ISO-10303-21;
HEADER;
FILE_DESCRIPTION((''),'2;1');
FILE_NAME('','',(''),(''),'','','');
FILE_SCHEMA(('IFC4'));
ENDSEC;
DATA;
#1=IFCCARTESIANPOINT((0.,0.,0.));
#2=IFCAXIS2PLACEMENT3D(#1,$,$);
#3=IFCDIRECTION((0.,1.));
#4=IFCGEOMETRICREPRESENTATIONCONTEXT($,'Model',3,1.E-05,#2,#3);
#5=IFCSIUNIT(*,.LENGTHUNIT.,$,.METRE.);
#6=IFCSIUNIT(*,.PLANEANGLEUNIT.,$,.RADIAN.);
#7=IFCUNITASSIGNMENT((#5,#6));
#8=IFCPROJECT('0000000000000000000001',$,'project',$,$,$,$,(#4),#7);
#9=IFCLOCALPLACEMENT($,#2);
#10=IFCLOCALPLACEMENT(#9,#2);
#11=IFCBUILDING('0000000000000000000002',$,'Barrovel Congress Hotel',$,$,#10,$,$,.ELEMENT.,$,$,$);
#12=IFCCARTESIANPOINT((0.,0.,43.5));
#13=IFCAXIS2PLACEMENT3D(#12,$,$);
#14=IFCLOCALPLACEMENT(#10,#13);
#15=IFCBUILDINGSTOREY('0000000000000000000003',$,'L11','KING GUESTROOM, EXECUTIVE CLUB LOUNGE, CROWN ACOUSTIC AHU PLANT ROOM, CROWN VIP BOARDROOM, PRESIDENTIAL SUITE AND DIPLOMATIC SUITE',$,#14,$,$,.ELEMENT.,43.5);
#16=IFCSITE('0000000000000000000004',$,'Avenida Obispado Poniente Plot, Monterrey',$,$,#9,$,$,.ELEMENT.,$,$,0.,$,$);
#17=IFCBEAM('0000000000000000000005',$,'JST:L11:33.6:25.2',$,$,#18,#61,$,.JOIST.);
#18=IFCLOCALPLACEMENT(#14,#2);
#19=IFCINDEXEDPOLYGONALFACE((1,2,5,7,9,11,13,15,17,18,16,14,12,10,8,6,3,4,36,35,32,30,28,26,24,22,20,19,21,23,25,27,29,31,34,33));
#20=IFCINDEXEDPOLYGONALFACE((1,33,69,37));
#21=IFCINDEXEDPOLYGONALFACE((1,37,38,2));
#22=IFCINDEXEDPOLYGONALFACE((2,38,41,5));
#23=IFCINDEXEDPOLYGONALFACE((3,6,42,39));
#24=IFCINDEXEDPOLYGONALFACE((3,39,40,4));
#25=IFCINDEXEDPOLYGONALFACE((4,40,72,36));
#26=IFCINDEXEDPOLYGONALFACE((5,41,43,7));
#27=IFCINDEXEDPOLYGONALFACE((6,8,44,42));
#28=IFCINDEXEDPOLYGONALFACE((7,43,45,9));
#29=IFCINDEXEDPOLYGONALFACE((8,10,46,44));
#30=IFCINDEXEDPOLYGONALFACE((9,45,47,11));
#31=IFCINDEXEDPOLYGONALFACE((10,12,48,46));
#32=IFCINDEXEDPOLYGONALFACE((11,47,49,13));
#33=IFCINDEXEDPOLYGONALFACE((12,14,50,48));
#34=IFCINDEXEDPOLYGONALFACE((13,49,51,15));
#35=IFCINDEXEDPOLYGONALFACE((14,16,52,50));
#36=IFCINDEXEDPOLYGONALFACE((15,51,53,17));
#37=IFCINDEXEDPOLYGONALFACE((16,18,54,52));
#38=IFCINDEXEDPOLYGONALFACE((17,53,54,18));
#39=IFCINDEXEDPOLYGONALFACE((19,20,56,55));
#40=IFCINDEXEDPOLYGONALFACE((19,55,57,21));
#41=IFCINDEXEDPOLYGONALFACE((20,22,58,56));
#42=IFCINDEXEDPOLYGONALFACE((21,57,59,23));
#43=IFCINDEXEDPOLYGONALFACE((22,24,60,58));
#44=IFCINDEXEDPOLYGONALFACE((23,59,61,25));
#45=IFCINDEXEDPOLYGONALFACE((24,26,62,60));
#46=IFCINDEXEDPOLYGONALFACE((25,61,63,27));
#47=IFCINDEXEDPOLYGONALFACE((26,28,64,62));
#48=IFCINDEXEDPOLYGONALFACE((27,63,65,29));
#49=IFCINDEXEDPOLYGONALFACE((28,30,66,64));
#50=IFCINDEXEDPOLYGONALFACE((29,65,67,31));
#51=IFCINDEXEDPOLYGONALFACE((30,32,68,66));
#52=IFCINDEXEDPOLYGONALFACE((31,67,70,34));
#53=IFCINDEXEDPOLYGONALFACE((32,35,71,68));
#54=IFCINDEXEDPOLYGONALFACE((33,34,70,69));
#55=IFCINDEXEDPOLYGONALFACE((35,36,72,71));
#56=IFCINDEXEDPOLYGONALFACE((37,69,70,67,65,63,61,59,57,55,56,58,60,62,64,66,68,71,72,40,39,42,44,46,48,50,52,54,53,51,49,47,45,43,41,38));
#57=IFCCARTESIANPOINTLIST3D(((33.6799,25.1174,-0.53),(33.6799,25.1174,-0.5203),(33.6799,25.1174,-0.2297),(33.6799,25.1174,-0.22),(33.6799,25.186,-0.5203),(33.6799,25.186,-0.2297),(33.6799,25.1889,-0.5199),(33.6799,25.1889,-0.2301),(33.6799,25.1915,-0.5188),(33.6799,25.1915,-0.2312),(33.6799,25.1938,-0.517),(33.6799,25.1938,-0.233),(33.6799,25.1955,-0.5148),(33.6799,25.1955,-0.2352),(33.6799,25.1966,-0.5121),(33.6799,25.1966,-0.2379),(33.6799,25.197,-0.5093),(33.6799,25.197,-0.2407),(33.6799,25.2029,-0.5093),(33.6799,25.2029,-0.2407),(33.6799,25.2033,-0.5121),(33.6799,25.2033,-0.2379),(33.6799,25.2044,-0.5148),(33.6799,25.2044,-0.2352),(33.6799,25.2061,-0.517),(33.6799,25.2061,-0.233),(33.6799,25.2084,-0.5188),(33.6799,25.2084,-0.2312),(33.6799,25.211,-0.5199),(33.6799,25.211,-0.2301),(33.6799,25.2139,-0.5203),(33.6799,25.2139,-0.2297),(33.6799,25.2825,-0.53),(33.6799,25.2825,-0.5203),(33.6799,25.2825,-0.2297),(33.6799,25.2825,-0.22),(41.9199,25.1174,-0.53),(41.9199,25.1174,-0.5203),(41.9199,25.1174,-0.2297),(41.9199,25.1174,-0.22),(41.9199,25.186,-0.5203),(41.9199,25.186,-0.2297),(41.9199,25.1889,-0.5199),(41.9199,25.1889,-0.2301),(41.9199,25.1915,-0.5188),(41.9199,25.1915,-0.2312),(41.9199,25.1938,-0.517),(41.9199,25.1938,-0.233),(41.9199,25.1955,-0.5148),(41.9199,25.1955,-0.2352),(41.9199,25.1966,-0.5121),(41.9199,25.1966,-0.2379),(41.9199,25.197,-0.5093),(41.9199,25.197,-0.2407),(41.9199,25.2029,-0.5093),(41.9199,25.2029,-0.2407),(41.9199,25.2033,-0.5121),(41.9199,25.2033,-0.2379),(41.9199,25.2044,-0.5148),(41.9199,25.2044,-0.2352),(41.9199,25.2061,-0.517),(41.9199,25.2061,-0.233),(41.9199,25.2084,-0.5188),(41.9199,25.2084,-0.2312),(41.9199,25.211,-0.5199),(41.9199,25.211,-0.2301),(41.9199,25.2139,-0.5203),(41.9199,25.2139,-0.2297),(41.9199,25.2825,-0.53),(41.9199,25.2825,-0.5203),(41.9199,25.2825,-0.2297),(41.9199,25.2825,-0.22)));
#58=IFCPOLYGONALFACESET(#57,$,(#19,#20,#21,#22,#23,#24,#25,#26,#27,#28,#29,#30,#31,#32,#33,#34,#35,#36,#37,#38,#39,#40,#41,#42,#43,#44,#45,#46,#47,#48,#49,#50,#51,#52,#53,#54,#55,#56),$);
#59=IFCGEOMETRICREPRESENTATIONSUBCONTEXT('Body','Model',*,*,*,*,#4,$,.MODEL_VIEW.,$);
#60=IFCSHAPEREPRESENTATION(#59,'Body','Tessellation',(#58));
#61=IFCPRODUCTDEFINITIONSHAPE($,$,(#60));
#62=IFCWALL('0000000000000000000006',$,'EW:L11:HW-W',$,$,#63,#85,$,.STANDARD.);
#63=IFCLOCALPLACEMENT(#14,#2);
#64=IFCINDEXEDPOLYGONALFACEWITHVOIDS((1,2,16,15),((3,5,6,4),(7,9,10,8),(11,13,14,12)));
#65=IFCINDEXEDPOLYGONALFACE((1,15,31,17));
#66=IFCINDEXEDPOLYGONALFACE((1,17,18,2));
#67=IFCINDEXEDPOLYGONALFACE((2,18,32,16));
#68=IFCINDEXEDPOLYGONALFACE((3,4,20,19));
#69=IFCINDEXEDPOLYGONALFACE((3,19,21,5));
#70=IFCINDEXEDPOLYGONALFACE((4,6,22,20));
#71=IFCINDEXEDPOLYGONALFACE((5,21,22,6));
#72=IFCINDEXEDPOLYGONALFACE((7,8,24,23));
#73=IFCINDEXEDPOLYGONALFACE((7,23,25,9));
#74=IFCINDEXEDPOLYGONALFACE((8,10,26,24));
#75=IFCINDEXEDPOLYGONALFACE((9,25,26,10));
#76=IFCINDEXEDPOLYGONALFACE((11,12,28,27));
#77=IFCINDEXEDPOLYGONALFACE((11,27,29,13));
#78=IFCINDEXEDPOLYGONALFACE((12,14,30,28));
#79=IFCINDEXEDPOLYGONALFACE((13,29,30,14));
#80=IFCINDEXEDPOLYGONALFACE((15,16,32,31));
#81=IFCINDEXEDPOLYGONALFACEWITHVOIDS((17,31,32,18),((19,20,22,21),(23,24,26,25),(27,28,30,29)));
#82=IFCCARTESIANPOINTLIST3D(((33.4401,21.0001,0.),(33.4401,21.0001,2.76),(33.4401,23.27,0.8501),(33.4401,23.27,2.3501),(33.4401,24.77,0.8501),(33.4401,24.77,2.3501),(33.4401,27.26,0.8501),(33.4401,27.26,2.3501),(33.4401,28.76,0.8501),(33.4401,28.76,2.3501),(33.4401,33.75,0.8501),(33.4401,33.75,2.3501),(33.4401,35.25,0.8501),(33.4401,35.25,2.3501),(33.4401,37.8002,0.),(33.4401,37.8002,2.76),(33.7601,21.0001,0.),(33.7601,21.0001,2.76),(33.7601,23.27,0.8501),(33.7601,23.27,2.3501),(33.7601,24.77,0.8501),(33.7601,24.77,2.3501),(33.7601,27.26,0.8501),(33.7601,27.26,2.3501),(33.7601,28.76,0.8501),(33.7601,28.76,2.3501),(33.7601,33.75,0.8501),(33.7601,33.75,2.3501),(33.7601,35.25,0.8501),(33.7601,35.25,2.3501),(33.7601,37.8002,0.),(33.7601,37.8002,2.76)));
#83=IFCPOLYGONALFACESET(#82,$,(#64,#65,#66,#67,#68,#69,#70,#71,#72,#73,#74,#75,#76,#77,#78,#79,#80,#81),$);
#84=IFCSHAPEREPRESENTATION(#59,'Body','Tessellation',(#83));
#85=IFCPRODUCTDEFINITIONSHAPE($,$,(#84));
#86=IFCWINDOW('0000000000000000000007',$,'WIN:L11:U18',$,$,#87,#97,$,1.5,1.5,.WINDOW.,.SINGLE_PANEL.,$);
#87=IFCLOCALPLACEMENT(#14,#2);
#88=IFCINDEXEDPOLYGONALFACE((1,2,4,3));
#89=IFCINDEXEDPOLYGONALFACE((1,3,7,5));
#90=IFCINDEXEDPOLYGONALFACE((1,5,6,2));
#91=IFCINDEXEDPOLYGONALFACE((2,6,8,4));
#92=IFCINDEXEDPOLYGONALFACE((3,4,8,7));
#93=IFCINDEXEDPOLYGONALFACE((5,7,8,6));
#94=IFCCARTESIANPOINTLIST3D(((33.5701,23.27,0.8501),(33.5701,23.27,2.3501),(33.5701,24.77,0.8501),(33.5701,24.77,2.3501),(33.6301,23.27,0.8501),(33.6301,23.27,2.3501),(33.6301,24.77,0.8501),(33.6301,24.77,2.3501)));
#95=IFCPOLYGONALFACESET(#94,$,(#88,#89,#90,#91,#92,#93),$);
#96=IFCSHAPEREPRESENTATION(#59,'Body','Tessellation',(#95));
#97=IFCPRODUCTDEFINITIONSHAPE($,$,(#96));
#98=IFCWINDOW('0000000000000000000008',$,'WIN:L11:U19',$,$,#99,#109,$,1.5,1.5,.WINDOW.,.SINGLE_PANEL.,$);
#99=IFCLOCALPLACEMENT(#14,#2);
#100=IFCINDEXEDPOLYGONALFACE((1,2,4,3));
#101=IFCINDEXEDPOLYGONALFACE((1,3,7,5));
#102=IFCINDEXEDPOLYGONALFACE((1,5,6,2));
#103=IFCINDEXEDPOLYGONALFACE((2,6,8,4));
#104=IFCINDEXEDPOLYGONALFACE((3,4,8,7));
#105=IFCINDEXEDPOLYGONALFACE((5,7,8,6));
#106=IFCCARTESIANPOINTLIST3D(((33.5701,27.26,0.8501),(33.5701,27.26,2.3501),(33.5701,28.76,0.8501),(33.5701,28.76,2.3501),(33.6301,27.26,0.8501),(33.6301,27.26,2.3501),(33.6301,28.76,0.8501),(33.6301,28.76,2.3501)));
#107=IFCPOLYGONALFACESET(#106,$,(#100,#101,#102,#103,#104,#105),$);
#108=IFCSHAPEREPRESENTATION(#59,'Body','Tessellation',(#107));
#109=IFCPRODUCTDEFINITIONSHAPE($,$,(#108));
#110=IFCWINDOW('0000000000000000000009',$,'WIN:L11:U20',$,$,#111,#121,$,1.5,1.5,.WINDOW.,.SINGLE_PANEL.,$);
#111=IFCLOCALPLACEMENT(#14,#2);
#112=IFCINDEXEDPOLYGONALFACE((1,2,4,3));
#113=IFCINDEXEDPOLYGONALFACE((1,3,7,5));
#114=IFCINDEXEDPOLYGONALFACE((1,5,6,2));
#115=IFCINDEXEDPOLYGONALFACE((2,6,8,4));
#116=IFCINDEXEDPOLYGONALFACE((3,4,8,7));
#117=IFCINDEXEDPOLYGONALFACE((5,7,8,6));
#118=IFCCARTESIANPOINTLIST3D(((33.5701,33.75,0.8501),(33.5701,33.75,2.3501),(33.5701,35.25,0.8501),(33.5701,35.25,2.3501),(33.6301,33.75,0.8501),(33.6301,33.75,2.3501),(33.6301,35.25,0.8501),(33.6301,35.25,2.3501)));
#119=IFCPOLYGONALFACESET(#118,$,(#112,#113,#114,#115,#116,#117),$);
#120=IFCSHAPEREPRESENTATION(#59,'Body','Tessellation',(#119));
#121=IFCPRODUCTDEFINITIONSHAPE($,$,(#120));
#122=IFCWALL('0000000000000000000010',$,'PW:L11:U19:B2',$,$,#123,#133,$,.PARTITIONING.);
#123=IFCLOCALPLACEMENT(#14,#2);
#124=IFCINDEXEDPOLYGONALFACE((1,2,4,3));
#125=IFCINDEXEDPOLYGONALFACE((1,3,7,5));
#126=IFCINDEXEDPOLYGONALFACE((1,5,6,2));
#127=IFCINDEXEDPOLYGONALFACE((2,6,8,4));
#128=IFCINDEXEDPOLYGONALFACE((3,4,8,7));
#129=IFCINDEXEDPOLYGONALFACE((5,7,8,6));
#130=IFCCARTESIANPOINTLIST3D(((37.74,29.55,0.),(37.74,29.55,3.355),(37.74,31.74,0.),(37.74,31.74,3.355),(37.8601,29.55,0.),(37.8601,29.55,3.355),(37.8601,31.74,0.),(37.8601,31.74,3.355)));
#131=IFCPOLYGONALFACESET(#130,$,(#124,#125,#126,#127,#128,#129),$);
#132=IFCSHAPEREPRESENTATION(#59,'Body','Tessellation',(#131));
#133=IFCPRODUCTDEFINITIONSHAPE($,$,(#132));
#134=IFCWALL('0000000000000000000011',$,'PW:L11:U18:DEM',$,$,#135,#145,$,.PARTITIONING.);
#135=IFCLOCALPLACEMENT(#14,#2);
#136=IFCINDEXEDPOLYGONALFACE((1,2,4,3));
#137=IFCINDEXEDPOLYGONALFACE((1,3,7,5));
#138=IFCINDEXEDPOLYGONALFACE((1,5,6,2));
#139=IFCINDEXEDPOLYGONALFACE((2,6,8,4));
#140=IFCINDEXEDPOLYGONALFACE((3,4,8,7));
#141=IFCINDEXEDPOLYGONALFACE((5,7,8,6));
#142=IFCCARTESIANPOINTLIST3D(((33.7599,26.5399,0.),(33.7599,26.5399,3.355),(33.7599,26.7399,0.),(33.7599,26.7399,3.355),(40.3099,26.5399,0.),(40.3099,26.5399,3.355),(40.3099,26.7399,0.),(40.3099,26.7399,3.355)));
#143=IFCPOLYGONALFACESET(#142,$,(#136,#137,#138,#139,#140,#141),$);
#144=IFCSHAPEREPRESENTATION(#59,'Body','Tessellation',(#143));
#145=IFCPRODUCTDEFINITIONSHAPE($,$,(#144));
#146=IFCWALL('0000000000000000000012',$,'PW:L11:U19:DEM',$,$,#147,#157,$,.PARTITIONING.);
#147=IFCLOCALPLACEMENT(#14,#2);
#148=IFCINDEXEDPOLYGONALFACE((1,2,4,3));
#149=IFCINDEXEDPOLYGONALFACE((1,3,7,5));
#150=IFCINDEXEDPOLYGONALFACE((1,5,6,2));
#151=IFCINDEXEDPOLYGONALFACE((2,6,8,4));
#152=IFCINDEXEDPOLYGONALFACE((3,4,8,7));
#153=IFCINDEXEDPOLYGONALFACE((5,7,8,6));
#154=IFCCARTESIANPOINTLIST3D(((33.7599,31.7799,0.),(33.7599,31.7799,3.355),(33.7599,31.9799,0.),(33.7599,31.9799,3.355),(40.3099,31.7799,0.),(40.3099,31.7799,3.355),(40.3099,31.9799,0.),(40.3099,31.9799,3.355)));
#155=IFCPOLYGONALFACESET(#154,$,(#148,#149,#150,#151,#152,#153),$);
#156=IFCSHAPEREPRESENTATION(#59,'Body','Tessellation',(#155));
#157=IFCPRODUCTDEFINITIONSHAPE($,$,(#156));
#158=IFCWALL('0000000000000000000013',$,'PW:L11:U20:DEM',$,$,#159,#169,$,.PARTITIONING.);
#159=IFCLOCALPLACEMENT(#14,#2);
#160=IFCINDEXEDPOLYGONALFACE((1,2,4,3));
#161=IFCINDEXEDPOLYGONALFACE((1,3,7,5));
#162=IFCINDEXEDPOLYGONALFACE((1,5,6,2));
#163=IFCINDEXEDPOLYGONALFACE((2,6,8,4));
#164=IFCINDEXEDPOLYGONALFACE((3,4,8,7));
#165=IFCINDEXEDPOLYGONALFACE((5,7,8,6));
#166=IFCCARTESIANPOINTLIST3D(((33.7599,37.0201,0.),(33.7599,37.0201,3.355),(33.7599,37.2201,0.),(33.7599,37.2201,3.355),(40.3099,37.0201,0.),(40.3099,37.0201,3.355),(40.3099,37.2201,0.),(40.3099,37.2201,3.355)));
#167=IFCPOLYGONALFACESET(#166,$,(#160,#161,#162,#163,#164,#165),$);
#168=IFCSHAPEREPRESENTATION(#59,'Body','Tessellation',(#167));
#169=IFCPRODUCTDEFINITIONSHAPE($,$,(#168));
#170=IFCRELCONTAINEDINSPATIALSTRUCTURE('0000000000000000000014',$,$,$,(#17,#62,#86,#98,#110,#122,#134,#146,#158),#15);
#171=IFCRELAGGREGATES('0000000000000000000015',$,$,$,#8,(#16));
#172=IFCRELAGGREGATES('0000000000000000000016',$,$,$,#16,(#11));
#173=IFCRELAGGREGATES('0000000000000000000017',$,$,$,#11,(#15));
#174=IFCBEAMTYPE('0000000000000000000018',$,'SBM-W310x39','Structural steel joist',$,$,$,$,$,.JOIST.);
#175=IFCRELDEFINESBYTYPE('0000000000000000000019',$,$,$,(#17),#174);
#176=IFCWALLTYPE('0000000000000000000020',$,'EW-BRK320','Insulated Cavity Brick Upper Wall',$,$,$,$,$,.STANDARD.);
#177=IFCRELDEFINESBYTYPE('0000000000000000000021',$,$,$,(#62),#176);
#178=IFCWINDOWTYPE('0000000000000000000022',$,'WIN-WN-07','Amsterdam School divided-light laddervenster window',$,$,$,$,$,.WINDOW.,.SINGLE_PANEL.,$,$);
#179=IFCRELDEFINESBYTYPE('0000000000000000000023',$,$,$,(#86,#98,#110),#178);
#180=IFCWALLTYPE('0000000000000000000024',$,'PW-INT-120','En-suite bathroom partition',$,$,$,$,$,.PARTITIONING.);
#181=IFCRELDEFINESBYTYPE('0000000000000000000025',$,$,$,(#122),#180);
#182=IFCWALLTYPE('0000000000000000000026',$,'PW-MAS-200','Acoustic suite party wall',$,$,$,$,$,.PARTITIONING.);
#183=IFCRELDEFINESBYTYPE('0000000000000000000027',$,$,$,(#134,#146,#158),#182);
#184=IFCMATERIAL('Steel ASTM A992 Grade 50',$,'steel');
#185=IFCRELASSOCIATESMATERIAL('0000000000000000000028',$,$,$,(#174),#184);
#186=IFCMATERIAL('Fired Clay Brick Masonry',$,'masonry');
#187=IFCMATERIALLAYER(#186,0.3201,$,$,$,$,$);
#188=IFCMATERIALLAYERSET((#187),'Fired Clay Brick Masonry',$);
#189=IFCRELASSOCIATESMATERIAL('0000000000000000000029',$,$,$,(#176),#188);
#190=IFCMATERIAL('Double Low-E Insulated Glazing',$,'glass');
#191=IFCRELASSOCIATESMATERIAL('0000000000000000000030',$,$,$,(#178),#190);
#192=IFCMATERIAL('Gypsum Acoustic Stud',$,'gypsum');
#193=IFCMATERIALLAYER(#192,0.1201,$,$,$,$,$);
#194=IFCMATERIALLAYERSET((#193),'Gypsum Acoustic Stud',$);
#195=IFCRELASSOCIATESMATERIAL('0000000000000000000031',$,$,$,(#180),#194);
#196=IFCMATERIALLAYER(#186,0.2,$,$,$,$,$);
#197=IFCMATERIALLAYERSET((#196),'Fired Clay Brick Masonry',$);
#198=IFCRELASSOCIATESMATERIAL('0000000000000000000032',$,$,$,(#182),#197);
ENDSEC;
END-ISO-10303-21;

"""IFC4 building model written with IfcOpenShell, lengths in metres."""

from ifc_helpers import new_model, si_unit, direction, frame, frame_2d, origin, origin_2d, place, context, subcontext, project, spatial, rectangle, i_section, extrude, material, layer, layer_set, material_profile, profile_set, type_object, element, fill, save


model = new_model("IFC4")

# Units and contexts
model_context = context("Model", 3, precision=1e-05, world=origin(), true_north=direction((0.0, 1.0)))
body_context = subcontext(model_context, "Body", "Model", "MODEL_VIEW")
ifc_project = project(units=[si_unit("LENGTHUNIT", "METRE"), si_unit("PLANEANGLEUNIT", "RADIAN")], contexts=[model_context])

# Site, building, storey
site_placement = place(None, origin())
site = spatial("IfcSite", under=ifc_project, at=site_placement, Name="Avenida Obispado Poniente Plot, Monterrey", CompositionType="ELEMENT", RefElevation=0.0)
building_placement = place(site_placement, origin())
building = spatial("IfcBuilding", under=site, at=building_placement, Name="Barrovel Congress Hotel", CompositionType="ELEMENT")
storey_placement = place(building_placement, frame((0.0, 0.0, 43.5)))
storey = spatial("IfcBuildingStorey", under=building, at=storey_placement, Name="L11", Description="KING GUESTROOM, EXECUTIVE CLUB LOUNGE, CROWN ACOUSTIC AHU PLANT ROOM, CROWN VIP BOARDROOM, PRESIDENTIAL SUITE AND DIPLOMATIC SUITE", CompositionType="ELEMENT", Elevation=43.5)

# Beam
ifc_material_1 = material(Name="Steel ASTM A992 Grade 50", Category="steel")
ifc_material_profile_1 = material_profile(ifc_material_1, i_section(OverallWidth=0.165, OverallDepth=0.3101, WebThickness=0.0059, FlangeThickness=0.0098, FilletRadius=0.011, at=origin_2d()), Name="W310x39")
ifc_profile_set_1 = profile_set([ifc_material_profile_1], Name="Steel ASTM A992 Grade 50")
beam_type_1 = type_object("IfcBeamType", Name="SBM-W310x39", Description="Structural steel joist", PredefinedType="JOIST", material=ifc_profile_set_1)
beam_1_placement = place(storey_placement, frame((33.6799, 25.2, -0.375), z_axis=(1.0, 0.0, 0.0), x_axis=(0.0, 1.0, 0.0)))
element("IfcBeam", 1, at=beam_1_placement, inside=storey, type_object=beam_type_1, Name="JST:L11:33.6:25.2", PredefinedType="JOIST", context=body_context, shape_type="SweptSolid", body=[
    extrude(i_section(OverallWidth=0.165, OverallDepth=0.3101, WebThickness=0.0059, FlangeThickness=0.0098, FilletRadius=0.011, at=origin_2d()), origin(), (0.0, 0.0, 1.0), 8.24),
])

# Wall, openings, windows
ifc_material_2 = material(Name="Fired Clay Brick Masonry", Category="masonry")
ifc_layer_1 = layer(ifc_material_2, 0.3201)
ifc_layer_set_1 = layer_set([ifc_layer_1], Name="Fired Clay Brick Masonry")
wall_type_1 = type_object("IfcWallType", Name="EW-BRK320", Description="Insulated Cavity Brick Upper Wall", PredefinedType="STANDARD", material=ifc_layer_set_1)
wall_1_placement = place(storey_placement, frame((33.6001, 37.8, 0.0), z_axis=(0.0, 0.0, 1.0), x_axis=(0.0, -1.0, 0.0)))
wall_1 = element("IfcWall", 2, at=wall_1_placement, inside=storey, type_object=wall_type_1, Name="EW:L11:HW-W", PredefinedType="STANDARD", context=body_context, shape_type="SweptSolid", body=[
    extrude(rectangle(XDim=16.8, YDim=0.3201, at=frame_2d((8.3999, 0.0))), origin(), (0.0, 0.0, 1.0), 2.76),
])
opening_1_placement = place(wall_1_placement, frame((13.03, 0.0, 0.8501)))
opening_1 = element("IfcOpeningElement", 3, at=opening_1_placement, cuts=wall_1, PredefinedType="OPENING", context=body_context, shape_type="SweptSolid", body=[
    extrude(rectangle(XDim=1.5, YDim=1.5, at=frame_2d((0.75, 0.75))), frame((0.0, 0.1699, 0.0), z_axis=(0.0, -1.0, 0.0), x_axis=(1.0, 0.0, 0.0)), (0.0, 0.0, 1.0), 0.3401),
])
opening_2_placement = place(wall_1_placement, frame((9.04, 0.0, 0.8501)))
opening_2 = element("IfcOpeningElement", 4, at=opening_2_placement, cuts=wall_1, PredefinedType="OPENING", context=body_context, shape_type="SweptSolid", body=[
    extrude(rectangle(XDim=1.5, YDim=1.5, at=frame_2d((0.75, 0.75))), frame((0.0, 0.1699, 0.0), z_axis=(0.0, -1.0, 0.0), x_axis=(1.0, 0.0, 0.0)), (0.0, 0.0, 1.0), 0.3401),
])
opening_3_placement = place(wall_1_placement, frame((2.55, 0.0, 0.8501)))
opening_3 = element("IfcOpeningElement", 5, at=opening_3_placement, cuts=wall_1, PredefinedType="OPENING", context=body_context, shape_type="SweptSolid", body=[
    extrude(rectangle(XDim=1.5, YDim=1.5, at=frame_2d((0.75, 0.75))), frame((0.0, 0.1699, 0.0), z_axis=(0.0, -1.0, 0.0), x_axis=(1.0, 0.0, 0.0)), (0.0, 0.0, 1.0), 0.3401),
])
ifc_material_3 = material(Name="Double Low-E Insulated Glazing", Category="glass")
window_type = type_object("IfcWindowType", Name="WIN-WN-07", Description="Amsterdam School divided-light laddervenster window", PartitioningType="SINGLE_PANEL", PredefinedType="WINDOW", material=ifc_material_3)
window_1_placement = place(opening_1_placement, origin())
window_1 = element("IfcWindow", 6, at=window_1_placement, inside=storey, type_object=window_type, Name="WIN:L11:U18", OverallHeight=1.5, OverallWidth=1.5, PartitioningType="SINGLE_PANEL", PredefinedType="WINDOW", context=body_context, shape_type="SweptSolid", body=[
    extrude(rectangle(XDim=1.5, YDim=1.5, at=frame_2d((0.75, 0.75))), frame((0.0, 0.03, 0.0), z_axis=(0.0, -1.0, 0.0), x_axis=(1.0, 0.0, 0.0)), (0.0, 0.0, 1.0), 0.0601),
])
fill(opening_1, window_1)
window_2_placement = place(opening_2_placement, origin())
window_2 = element("IfcWindow", 7, at=window_2_placement, inside=storey, type_object=window_type, Name="WIN:L11:U19", OverallHeight=1.5, OverallWidth=1.5, PartitioningType="SINGLE_PANEL", PredefinedType="WINDOW", context=body_context, shape_type="SweptSolid", body=[
    extrude(rectangle(XDim=1.5, YDim=1.5, at=frame_2d((0.75, 0.75))), frame((0.0, 0.03, 0.0), z_axis=(0.0, -1.0, 0.0), x_axis=(1.0, 0.0, 0.0)), (0.0, 0.0, 1.0), 0.0601),
])
fill(opening_2, window_2)
window_3_placement = place(opening_3_placement, origin())
window_3 = element("IfcWindow", 8, at=window_3_placement, inside=storey, type_object=window_type, Name="WIN:L11:U20", OverallHeight=1.5, OverallWidth=1.5, PartitioningType="SINGLE_PANEL", PredefinedType="WINDOW", context=body_context, shape_type="SweptSolid", body=[
    extrude(rectangle(XDim=1.5, YDim=1.5, at=frame_2d((0.75, 0.75))), frame((0.0, 0.03, 0.0), z_axis=(0.0, -1.0, 0.0), x_axis=(1.0, 0.0, 0.0)), (0.0, 0.0, 1.0), 0.0601),
])
fill(opening_3, window_3)

# Walls
ifc_material_4 = material(Name="Gypsum Acoustic Stud", Category="gypsum")
ifc_layer_2 = layer(ifc_material_4, 0.1201)
ifc_layer_set_2 = layer_set([ifc_layer_2], Name="Gypsum Acoustic Stud")
wall_type_2 = type_object("IfcWallType", Name="PW-INT-120", Description="En-suite bathroom partition", PredefinedType="PARTITIONING", material=ifc_layer_set_2)
wall_2_placement = place(storey_placement, frame((37.8, 29.55, 0.0), z_axis=(0.0, 0.0, 1.0), x_axis=(0.0, 1.0, 0.0)))
element("IfcWall", 9, at=wall_2_placement, inside=storey, type_object=wall_type_2, Name="PW:L11:U19:B2", PredefinedType="PARTITIONING", context=body_context, shape_type="SweptSolid", body=[
    extrude(rectangle(XDim=2.1899, YDim=0.1201, at=frame_2d((1.095, 0.0))), origin(), (0.0, 0.0, 1.0), 3.355),
])
ifc_layer_3 = layer(ifc_material_2, 0.2)
ifc_layer_set_3 = layer_set([ifc_layer_3], Name="Fired Clay Brick Masonry")
wall_type_3 = type_object("IfcWallType", Name="PW-MAS-200", Description="Acoustic suite party wall", PredefinedType="PARTITIONING", material=ifc_layer_set_3)
for number, where, z_axis, x_axis, name in (
    (10, (33.76, 26.6399, 0.0), (0.0, 0.0, 1.0), (1.0, 0.0, 0.0), "PW:L11:U18:DEM"),
    (11, (33.76, 31.8799, 0.0), (0.0, 0.0, 1.0), (1.0, 0.0, 0.0), "PW:L11:U19:DEM"),
    (12, (33.76, 37.1201, 0.0), (0.0, 0.0, 1.0), (1.0, 0.0, 0.0), "PW:L11:U20:DEM"),
):
    element("IfcWall", number, at=place(storey_placement, frame(where, z_axis=z_axis, x_axis=x_axis)), inside=storey, type_object=wall_type_3, Name=name, PredefinedType="PARTITIONING", context=body_context, shape_type="SweptSolid", body=[
        extrude(rectangle(XDim=6.55, YDim=0.2, at=frame_2d((3.2749, 0.0))), origin(), (0.0, 0.0, 1.0), 3.355),
    ])

save(model, "model.ifc")
